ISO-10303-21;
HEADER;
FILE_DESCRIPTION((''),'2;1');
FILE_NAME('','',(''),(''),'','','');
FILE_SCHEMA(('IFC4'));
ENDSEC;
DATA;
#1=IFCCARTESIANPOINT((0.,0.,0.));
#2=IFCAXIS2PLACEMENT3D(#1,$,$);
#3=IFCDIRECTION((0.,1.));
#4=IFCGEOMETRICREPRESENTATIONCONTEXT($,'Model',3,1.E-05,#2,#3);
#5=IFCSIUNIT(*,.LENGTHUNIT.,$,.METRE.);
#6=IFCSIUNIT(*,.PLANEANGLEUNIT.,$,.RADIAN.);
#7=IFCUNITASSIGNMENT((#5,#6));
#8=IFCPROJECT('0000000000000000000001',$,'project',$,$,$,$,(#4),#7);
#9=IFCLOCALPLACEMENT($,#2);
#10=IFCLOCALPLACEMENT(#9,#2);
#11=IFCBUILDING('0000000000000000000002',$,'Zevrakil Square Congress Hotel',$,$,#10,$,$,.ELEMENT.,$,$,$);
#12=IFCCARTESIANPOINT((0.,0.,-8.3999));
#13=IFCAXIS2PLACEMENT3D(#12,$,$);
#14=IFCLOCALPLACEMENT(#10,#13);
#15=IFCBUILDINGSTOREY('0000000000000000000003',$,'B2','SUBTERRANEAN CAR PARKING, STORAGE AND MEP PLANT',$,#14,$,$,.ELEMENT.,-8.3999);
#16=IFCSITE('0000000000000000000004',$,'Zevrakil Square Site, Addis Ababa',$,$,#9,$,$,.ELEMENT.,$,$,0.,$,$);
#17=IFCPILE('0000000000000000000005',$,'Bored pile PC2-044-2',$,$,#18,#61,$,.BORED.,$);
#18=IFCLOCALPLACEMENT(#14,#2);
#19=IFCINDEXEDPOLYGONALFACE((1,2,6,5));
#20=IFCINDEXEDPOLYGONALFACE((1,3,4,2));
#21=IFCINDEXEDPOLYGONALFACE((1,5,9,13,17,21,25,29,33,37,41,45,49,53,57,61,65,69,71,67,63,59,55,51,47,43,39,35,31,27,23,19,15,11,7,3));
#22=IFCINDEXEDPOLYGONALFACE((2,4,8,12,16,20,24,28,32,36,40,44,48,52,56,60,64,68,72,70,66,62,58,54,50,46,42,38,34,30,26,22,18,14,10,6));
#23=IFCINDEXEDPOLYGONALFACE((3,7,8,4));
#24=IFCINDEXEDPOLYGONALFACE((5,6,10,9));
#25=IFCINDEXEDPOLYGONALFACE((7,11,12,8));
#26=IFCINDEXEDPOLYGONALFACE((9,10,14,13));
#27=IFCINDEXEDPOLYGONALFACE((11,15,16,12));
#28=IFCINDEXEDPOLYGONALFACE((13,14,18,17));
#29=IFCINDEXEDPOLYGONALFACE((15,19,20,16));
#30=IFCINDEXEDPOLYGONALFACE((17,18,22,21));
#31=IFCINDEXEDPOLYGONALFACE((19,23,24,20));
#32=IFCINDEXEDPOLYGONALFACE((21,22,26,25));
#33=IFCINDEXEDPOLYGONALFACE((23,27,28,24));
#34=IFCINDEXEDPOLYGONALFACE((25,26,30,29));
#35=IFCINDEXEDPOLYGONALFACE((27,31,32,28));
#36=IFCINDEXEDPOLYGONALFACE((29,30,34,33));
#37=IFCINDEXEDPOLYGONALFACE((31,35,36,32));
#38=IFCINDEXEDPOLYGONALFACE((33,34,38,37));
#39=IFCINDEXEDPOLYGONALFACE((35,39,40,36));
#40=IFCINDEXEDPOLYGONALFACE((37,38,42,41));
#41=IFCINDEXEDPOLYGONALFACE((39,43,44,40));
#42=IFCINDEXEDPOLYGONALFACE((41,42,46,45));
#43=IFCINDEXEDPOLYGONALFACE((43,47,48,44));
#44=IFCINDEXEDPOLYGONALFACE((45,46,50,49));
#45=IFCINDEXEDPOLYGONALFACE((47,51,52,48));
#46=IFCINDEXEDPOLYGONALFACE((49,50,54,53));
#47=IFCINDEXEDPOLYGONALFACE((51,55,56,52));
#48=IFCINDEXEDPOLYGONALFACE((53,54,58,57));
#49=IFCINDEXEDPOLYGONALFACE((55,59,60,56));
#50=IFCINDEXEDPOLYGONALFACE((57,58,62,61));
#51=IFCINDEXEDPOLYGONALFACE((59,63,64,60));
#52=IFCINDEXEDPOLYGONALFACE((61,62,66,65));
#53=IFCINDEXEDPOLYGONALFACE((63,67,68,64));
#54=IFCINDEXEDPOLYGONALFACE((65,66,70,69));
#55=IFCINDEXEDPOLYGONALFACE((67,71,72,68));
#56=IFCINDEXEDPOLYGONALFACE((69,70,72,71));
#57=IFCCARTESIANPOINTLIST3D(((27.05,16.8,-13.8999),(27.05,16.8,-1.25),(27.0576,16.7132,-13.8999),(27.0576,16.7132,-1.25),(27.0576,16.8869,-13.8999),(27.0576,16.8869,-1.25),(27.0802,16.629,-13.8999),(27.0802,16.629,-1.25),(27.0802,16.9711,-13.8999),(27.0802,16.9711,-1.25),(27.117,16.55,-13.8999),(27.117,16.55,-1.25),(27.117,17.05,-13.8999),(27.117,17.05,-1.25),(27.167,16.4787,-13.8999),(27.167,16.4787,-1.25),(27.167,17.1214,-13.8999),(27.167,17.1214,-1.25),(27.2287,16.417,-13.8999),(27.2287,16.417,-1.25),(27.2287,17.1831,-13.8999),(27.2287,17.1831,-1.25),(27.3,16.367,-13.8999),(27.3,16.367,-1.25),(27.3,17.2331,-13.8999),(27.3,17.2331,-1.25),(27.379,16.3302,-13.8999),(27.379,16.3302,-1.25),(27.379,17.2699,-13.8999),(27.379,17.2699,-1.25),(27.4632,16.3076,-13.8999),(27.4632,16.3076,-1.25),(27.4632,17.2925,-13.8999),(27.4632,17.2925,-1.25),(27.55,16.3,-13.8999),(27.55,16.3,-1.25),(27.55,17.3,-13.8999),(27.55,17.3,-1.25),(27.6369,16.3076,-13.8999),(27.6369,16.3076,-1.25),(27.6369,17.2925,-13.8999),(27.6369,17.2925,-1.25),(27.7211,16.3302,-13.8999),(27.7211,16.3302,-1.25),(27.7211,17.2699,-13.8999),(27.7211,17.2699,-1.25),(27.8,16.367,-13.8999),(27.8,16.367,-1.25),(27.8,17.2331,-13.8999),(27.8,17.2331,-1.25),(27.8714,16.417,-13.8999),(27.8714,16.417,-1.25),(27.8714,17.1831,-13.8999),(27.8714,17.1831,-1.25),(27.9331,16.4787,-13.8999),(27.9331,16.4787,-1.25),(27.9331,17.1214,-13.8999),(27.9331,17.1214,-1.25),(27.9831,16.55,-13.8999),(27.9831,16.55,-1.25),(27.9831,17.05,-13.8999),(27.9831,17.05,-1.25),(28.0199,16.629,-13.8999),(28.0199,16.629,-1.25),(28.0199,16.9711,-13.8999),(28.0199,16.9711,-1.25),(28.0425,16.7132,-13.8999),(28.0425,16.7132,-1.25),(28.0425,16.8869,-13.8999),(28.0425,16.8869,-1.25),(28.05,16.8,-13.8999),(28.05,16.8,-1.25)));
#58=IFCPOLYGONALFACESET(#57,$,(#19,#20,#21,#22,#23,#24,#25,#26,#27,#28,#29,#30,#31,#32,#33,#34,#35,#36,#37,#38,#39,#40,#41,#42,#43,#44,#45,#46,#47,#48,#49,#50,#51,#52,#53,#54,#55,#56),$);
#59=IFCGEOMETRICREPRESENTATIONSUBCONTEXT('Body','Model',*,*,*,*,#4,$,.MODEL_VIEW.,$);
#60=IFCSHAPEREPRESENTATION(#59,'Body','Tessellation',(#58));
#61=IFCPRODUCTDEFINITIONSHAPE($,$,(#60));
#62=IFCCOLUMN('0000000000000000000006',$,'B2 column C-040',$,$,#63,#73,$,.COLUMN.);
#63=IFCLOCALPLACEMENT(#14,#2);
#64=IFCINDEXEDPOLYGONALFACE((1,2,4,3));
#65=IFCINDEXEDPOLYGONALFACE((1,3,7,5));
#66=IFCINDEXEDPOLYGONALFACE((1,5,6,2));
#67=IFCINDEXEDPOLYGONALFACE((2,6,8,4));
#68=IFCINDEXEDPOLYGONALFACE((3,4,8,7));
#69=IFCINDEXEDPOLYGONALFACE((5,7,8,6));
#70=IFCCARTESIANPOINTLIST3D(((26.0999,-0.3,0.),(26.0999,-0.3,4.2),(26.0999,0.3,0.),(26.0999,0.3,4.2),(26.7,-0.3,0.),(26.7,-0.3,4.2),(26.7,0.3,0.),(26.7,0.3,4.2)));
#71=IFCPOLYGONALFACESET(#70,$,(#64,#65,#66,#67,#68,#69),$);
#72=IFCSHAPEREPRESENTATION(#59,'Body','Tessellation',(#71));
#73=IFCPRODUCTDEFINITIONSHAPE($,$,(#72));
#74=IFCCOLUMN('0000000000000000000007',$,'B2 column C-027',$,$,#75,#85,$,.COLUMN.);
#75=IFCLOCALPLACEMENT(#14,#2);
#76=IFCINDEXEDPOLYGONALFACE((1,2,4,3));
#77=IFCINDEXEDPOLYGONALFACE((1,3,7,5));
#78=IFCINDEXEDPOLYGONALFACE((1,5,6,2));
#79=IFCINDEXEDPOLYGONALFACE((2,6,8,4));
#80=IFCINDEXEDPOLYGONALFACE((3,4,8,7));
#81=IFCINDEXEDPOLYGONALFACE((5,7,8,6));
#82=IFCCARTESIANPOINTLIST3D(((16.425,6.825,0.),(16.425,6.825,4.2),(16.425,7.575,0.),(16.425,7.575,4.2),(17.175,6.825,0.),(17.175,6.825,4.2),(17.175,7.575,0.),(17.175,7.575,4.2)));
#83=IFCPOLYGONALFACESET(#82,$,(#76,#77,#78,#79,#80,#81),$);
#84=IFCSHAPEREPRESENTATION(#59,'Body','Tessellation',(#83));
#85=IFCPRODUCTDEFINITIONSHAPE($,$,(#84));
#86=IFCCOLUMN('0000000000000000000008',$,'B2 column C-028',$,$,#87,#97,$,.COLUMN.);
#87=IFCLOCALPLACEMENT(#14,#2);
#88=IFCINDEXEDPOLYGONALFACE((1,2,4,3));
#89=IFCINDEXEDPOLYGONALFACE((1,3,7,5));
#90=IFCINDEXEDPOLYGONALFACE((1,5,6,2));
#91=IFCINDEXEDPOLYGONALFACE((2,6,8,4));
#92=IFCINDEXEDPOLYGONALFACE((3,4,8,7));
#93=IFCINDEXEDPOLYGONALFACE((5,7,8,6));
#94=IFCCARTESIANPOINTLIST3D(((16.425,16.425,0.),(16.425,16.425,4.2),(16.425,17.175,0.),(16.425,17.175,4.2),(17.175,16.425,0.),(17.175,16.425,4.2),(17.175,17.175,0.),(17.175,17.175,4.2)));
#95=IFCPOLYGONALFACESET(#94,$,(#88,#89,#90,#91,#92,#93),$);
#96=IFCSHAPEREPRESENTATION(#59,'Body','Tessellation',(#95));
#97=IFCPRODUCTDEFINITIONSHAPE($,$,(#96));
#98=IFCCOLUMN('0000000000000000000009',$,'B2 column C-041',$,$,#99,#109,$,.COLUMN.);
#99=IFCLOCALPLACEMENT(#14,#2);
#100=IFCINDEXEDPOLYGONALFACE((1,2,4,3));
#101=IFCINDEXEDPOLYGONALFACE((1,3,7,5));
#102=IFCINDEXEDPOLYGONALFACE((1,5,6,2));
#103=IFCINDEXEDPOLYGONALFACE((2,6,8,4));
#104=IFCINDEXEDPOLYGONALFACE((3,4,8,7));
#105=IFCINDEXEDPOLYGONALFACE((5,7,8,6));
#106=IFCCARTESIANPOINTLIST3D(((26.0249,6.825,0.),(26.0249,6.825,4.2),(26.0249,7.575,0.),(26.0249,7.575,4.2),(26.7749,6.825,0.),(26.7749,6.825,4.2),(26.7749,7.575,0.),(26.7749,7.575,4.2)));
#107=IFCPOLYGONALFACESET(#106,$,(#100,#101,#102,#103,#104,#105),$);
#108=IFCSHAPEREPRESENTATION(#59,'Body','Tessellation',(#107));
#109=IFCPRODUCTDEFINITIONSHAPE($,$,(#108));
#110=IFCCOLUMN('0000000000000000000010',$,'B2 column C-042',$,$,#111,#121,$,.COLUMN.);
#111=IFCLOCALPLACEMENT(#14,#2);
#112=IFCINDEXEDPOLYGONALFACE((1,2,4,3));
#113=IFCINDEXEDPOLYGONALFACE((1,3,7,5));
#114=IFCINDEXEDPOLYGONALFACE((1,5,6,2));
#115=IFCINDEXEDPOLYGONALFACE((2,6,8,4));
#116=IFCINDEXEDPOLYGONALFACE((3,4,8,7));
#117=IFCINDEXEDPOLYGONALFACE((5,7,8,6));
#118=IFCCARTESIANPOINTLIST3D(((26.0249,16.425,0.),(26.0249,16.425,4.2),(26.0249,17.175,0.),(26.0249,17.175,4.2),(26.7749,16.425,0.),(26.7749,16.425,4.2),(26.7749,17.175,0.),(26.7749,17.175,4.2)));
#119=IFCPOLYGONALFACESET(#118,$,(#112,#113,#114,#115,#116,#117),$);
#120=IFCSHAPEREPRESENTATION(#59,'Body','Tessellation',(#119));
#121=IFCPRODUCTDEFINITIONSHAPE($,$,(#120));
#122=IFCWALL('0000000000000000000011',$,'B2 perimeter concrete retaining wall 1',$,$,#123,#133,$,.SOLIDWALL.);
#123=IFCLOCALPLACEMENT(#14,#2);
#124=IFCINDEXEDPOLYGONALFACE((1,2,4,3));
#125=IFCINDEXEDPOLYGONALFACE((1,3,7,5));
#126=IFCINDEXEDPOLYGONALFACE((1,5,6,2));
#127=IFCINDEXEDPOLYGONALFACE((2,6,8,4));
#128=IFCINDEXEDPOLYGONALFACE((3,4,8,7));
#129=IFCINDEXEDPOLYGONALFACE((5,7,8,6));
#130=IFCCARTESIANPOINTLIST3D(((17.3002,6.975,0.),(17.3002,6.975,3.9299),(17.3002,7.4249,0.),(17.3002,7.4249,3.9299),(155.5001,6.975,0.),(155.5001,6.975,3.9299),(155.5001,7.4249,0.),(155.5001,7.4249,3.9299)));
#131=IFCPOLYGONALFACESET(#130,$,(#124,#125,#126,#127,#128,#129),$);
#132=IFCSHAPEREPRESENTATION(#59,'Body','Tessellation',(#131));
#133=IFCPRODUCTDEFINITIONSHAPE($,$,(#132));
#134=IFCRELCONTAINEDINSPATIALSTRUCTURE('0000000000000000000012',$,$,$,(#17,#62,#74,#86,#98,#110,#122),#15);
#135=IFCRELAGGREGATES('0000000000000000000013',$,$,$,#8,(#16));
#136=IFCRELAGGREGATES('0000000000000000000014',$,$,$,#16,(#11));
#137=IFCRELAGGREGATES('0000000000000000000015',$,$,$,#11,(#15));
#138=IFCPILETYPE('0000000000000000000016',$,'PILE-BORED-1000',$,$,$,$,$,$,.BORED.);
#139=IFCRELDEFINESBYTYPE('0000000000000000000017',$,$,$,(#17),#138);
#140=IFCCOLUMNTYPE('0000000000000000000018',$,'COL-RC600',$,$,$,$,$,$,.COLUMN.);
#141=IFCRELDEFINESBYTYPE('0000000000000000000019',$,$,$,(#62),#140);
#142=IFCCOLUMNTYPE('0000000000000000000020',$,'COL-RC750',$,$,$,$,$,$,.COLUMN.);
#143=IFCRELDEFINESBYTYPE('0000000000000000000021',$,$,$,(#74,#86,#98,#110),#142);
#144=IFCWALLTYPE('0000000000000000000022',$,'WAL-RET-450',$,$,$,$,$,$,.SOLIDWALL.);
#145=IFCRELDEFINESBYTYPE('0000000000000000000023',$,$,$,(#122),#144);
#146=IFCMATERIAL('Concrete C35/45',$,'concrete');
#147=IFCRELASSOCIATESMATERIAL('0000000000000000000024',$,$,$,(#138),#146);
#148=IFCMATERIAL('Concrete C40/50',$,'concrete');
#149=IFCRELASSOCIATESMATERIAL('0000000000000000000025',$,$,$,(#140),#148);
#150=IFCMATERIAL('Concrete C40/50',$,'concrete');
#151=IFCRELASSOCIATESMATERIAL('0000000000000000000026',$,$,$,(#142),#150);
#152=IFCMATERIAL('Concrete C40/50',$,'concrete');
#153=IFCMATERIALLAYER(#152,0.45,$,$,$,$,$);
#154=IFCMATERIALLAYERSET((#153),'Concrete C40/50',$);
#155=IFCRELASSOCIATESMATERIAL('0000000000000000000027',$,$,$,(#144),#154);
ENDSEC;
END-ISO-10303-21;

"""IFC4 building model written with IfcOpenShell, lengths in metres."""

from ifc_helpers import new_model, si_unit, direction, frame, frame_2d, origin, origin_2d, place, context, subcontext, project, spatial, rectangle, circle, extrude, material, layer, layer_set, material_profile, profile_set, type_object, element, save


model = new_model("IFC4")

# Units and contexts
model_context = context("Model", 3, precision=1e-05, world=origin(), true_north=direction((0.0, 1.0)))
body_context = subcontext(model_context, "Body", "Model", "MODEL_VIEW")
ifc_project = project(units=[si_unit("LENGTHUNIT", "METRE"), si_unit("PLANEANGLEUNIT", "RADIAN")], contexts=[model_context])

# Site, building, storey
site_placement = place(None, origin())
site = spatial("IfcSite", under=ifc_project, at=site_placement, Name="Zevrakil Square Site, Addis Ababa", CompositionType="ELEMENT", RefElevation=0.0)
building_placement = place(site_placement, origin())
building = spatial("IfcBuilding", under=site, at=building_placement, Name="Zevrakil Square Congress Hotel", CompositionType="ELEMENT")
storey_placement = place(building_placement, frame((0.0, 0.0, -8.3999)))
storey = spatial("IfcBuildingStorey", under=building, at=storey_placement, Name="B2", Description="SUBTERRANEAN CAR PARKING, STORAGE AND MEP PLANT", CompositionType="ELEMENT", Elevation=-8.3999)

# Pile
ifc_material_1 = material(Name="Concrete C35/45", Category="concrete")
ifc_material_profile_1 = material_profile(ifc_material_1, circle(Radius=0.5, at=origin_2d()), Name="PILE D1000")
ifc_profile_set_1 = profile_set([ifc_material_profile_1], Name="Concrete C35/45")
pile_type = type_object("IfcPileType", Name="PILE-BORED-1000", PredefinedType="BORED", material=ifc_profile_set_1)
for number, where, z_axis, x_axis, name in (
    (1, (27.55, 16.8, -1.25), (0.0, 0.0, -1.0), (1.0, 0.0, 0.0), "Bored pile PC2-044-2"),
):
    element("IfcPile", number, at=place(storey_placement, frame(where, z_axis=z_axis, x_axis=x_axis)), inside=storey, type_object=pile_type, Name=name, PredefinedType="BORED", context=body_context, shape_type="SweptSolid", body=[
        extrude(circle(Radius=0.5, at=origin_2d()), origin(), (0.0, 0.0, 1.0), 12.6499),
    ])

# Columns
ifc_material_2 = material(Name="Concrete C40/50", Category="concrete")
ifc_material_profile_2 = material_profile(ifc_material_2, rectangle(XDim=0.6001, YDim=0.6001, at=origin_2d()), Name="RC 600x600")
ifc_profile_set_2 = profile_set([ifc_material_profile_2], Name="Concrete C40/50")
column_type_1 = type_object("IfcColumnType", Name="COL-RC600", PredefinedType="COLUMN", material=ifc_profile_set_2)
column_placement = place(storey_placement, frame((26.3999, 0.0, 0.0), z_axis=(0.0, 0.0, 1.0), x_axis=(1.0, 0.0, 0.0)))
element("IfcColumn", 2, at=column_placement, inside=storey, type_object=column_type_1, Name="B2 column C-040", PredefinedType="COLUMN", context=body_context, shape_type="SweptSolid", body=[
    extrude(rectangle(XDim=0.6001, YDim=0.6001, at=origin_2d()), origin(), (0.0, 0.0, 1.0), 4.2),
])
ifc_material_3 = material(Name="Concrete C40/50", Category="concrete")
ifc_material_profile_3 = material_profile(ifc_material_3, rectangle(XDim=0.75, YDim=0.75, at=origin_2d()), Name="RC 750x750")
ifc_profile_set_3 = profile_set([ifc_material_profile_3], Name="Concrete C40/50")
column_type_2 = type_object("IfcColumnType", Name="COL-RC750", PredefinedType="COLUMN", material=ifc_profile_set_3)
for number, where, z_axis, x_axis, name in (
    (3, (16.8, 7.2, 0.0), (0.0, 0.0, 1.0), (1.0, 0.0, 0.0), "B2 column C-027"),
    (4, (16.8, 16.8, 0.0), (0.0, 0.0, 1.0), (1.0, 0.0, 0.0), "B2 column C-028"),
    (5, (26.3999, 7.2, 0.0), (0.0, 0.0, 1.0), (1.0, 0.0, 0.0), "B2 column C-041"),
    (6, (26.3999, 16.8, 0.0), (0.0, 0.0, 1.0), (1.0, 0.0, 0.0), "B2 column C-042"),
):
    element("IfcColumn", number, at=place(storey_placement, frame(where, z_axis=z_axis, x_axis=x_axis)), inside=storey, type_object=column_type_2, Name=name, PredefinedType="COLUMN", context=body_context, shape_type="SweptSolid", body=[
        extrude(rectangle(XDim=0.75, YDim=0.75, at=origin_2d()), origin(), (0.0, 0.0, 1.0), 4.2),
    ])

# Wall
ifc_material_4 = material(Name="Concrete C40/50", Category="concrete")
ifc_layer = layer(ifc_material_4, 0.45)
ifc_layer_set = layer_set([ifc_layer], Name="Concrete C40/50")
wall_type = type_object("IfcWallType", Name="WAL-RET-450", PredefinedType="SOLIDWALL", material=ifc_layer_set)
wall_placement = place(storey_placement, frame((17.3, 7.2, 0.0), z_axis=(0.0, 0.0, 1.0), x_axis=(1.0, 0.0, 0.0)))
element("IfcWall", 7, at=wall_placement, inside=storey, type_object=wall_type, Name="B2 perimeter concrete retaining wall 1", PredefinedType="SOLIDWALL", context=body_context, shape_type="SweptSolid", body=[
    extrude(rectangle(XDim=138.2, YDim=0.45, at=frame_2d((69.1001, 0.0))), origin(), (0.0, 0.0, 1.0), 3.9299),
])

save(model, "model.ifc")
